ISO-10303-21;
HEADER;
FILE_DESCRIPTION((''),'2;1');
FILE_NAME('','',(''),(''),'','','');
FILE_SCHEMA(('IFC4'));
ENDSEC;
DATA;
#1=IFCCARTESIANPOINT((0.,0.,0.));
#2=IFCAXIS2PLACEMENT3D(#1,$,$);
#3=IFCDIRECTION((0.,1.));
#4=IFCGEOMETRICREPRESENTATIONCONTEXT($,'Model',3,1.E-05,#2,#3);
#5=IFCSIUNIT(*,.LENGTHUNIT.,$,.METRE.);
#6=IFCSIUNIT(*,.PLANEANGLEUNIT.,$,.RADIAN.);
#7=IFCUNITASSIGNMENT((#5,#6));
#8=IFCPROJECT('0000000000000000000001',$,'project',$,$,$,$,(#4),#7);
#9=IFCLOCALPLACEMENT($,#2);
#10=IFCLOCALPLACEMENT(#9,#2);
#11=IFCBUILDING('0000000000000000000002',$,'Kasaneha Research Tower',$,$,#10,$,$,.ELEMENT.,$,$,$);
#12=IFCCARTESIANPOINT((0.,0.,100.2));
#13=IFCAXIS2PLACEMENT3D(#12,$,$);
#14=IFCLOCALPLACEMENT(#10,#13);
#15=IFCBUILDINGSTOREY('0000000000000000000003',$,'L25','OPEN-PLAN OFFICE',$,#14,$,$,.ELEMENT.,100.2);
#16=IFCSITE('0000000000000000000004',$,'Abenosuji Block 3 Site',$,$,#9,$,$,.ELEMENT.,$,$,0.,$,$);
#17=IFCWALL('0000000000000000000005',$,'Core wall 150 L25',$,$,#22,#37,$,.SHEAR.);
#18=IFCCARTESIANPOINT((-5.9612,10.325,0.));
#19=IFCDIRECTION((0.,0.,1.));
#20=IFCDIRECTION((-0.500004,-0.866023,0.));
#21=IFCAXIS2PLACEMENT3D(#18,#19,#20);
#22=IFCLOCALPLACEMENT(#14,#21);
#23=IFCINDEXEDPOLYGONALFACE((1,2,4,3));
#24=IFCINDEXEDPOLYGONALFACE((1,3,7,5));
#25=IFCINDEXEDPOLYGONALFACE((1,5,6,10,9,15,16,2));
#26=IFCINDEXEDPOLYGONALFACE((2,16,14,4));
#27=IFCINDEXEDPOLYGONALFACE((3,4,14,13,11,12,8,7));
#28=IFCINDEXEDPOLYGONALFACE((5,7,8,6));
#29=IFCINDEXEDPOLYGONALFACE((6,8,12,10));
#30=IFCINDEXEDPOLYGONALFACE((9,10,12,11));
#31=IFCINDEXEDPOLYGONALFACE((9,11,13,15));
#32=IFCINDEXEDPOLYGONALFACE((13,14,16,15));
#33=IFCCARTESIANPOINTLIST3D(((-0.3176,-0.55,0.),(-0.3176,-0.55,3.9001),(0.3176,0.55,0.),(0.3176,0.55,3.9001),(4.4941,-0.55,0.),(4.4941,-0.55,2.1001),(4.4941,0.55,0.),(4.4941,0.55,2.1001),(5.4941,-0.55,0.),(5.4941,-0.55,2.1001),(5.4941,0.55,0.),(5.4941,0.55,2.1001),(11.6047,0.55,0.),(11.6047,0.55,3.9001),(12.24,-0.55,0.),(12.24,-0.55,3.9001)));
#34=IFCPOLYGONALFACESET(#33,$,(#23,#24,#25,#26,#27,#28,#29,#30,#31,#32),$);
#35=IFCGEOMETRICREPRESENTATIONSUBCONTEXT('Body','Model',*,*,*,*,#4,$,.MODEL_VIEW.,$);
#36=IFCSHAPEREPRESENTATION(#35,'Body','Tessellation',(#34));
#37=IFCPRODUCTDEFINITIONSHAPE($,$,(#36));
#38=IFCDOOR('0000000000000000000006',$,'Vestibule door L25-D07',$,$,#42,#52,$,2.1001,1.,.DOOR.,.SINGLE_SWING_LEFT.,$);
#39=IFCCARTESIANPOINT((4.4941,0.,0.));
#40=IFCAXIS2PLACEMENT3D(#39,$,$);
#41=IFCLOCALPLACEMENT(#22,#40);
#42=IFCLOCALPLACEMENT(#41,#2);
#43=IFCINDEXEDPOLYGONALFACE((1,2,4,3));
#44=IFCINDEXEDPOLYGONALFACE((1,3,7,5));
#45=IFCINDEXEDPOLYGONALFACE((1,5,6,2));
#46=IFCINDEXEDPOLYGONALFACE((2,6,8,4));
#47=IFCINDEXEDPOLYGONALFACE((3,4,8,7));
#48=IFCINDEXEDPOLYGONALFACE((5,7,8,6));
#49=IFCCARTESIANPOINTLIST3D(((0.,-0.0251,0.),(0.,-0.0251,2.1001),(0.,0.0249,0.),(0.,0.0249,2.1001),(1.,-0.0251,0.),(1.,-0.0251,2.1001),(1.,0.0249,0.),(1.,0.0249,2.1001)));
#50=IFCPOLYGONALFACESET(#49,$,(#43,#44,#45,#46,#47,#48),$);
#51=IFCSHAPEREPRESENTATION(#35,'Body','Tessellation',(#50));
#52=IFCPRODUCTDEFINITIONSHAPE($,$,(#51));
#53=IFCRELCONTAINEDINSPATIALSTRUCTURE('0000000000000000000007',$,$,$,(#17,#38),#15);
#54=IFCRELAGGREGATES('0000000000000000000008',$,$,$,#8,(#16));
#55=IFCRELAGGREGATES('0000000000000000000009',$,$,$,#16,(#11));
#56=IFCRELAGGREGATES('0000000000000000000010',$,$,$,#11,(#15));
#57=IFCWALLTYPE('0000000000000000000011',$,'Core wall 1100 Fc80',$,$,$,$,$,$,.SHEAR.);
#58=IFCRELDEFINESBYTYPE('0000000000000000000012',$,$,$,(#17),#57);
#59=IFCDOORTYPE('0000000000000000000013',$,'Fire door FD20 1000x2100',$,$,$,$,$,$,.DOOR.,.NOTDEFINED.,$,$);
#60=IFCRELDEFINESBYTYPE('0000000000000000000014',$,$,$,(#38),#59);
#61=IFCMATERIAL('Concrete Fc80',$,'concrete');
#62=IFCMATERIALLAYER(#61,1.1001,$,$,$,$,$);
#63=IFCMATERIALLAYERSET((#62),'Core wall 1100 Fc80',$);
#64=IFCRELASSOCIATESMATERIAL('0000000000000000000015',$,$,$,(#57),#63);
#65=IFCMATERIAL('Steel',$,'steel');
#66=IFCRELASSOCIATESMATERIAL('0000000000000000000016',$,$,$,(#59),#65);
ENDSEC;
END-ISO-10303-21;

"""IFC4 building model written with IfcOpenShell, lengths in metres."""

from ifc_helpers import new_model, si_unit, direction, frame, frame_2d, origin, place, context, subcontext, project, spatial, polyline, rectangle, outline, extrude, material, layer, layer_set, type_object, element, fill, save


model = new_model("IFC4")

# Units and contexts
model_context = context("Model", 3, precision=1e-05, world=origin(), true_north=direction((0.0, 1.0)))
body_context = subcontext(model_context, "Body", "Model", "MODEL_VIEW")
ifc_project = project(units=[si_unit("LENGTHUNIT", "METRE"), si_unit("PLANEANGLEUNIT", "RADIAN")], contexts=[model_context])

# Site, building, storey
site_placement = place(None, origin())
site = spatial("IfcSite", under=ifc_project, at=site_placement, Name="Abenosuji Block 3 Site", CompositionType="ELEMENT", RefElevation=0.0)
building_placement = place(site_placement, origin())
building = spatial("IfcBuilding", under=site, at=building_placement, Name="Kasaneha Research Tower", CompositionType="ELEMENT")
storey_placement = place(building_placement, frame((0.0, 0.0, 100.2)))
storey = spatial("IfcBuildingStorey", under=building, at=storey_placement, Name="L25", Description="OPEN-PLAN OFFICE", CompositionType="ELEMENT", Elevation=100.2)

# Wall, opening, door
ifc_material_1 = material(Name="Concrete Fc80", Category="concrete")
ifc_layer_1 = layer(ifc_material_1, 1.1001)
ifc_layer_set_1 = layer_set([ifc_layer_1], Name="Core wall 1100 Fc80")
wall_type_1 = type_object("IfcWallType", Name="Core wall 1100 Fc80", PredefinedType="SHEAR", material=ifc_layer_set_1)
wall_1_placement = place(storey_placement, frame((-5.9612, 10.325, 0.0), z_axis=(0.0, 0.0, 1.0), x_axis=(-0.500004, -0.866023, 0.0)))
wall_1 = element("IfcWall", 1, at=wall_1_placement, inside=storey, type_object=wall_type_1, Name="Core wall 150 L25", PredefinedType="SHEAR", context=body_context, shape_type="SweptSolid", body=[
    extrude(outline(polyline([(-0.3176, -0.55), (4.4941, -0.55), (5.4941, -0.55), (12.24, -0.55), (11.6047, 0.55), (5.4941, 0.55), (4.4941, 0.55), (0.3176, 0.55), (-0.3176, -0.55)])), origin(), (0.0, 0.0, 1.0), 3.9001),
])
opening_1_placement = place(wall_1_placement, frame((4.4941, 0.0, 0.0)))
opening_1 = element("IfcOpeningElement", 2, at=opening_1_placement, cuts=wall_1, PredefinedType="OPENING", context=body_context, shape_type="SweptSolid", body=[
    extrude(rectangle(XDim=1.0, YDim=2.1001, at=frame_2d((0.5, 1.05))), frame((0.0, 0.5601, 0.0), z_axis=(0.0, -1.0, 0.0), x_axis=(1.0, 0.0, 0.0)), (0.0, 0.0, 1.0), 1.1201),
])
ifc_material_2 = material(Name="Steel", Category="steel")
door_type_1 = type_object("IfcDoorType", Name="Fire door FD20 1000x2100", OperationType="NOTDEFINED", PredefinedType="DOOR", material=ifc_material_2)
door_1_placement = place(opening_1_placement, origin())
door_1 = element("IfcDoor", 3, at=door_1_placement, inside=storey, type_object=door_type_1, Name="Vestibule door L25-D07", OperationType="SINGLE_SWING_LEFT", OverallHeight=2.1001, OverallWidth=1.0, PredefinedType="DOOR", context=body_context, shape_type="SweptSolid", body=[
    extrude(rectangle(XDim=1.0, YDim=2.1001, at=frame_2d((0.5, 1.05))), frame((0.0, 0.0249, 0.0), z_axis=(0.0, -1.0, 0.0), x_axis=(1.0, 0.0, 0.0)), (0.0, 0.0, 1.0), 0.05),
])
fill(opening_1, door_1)

save(model, "model.ifc")
